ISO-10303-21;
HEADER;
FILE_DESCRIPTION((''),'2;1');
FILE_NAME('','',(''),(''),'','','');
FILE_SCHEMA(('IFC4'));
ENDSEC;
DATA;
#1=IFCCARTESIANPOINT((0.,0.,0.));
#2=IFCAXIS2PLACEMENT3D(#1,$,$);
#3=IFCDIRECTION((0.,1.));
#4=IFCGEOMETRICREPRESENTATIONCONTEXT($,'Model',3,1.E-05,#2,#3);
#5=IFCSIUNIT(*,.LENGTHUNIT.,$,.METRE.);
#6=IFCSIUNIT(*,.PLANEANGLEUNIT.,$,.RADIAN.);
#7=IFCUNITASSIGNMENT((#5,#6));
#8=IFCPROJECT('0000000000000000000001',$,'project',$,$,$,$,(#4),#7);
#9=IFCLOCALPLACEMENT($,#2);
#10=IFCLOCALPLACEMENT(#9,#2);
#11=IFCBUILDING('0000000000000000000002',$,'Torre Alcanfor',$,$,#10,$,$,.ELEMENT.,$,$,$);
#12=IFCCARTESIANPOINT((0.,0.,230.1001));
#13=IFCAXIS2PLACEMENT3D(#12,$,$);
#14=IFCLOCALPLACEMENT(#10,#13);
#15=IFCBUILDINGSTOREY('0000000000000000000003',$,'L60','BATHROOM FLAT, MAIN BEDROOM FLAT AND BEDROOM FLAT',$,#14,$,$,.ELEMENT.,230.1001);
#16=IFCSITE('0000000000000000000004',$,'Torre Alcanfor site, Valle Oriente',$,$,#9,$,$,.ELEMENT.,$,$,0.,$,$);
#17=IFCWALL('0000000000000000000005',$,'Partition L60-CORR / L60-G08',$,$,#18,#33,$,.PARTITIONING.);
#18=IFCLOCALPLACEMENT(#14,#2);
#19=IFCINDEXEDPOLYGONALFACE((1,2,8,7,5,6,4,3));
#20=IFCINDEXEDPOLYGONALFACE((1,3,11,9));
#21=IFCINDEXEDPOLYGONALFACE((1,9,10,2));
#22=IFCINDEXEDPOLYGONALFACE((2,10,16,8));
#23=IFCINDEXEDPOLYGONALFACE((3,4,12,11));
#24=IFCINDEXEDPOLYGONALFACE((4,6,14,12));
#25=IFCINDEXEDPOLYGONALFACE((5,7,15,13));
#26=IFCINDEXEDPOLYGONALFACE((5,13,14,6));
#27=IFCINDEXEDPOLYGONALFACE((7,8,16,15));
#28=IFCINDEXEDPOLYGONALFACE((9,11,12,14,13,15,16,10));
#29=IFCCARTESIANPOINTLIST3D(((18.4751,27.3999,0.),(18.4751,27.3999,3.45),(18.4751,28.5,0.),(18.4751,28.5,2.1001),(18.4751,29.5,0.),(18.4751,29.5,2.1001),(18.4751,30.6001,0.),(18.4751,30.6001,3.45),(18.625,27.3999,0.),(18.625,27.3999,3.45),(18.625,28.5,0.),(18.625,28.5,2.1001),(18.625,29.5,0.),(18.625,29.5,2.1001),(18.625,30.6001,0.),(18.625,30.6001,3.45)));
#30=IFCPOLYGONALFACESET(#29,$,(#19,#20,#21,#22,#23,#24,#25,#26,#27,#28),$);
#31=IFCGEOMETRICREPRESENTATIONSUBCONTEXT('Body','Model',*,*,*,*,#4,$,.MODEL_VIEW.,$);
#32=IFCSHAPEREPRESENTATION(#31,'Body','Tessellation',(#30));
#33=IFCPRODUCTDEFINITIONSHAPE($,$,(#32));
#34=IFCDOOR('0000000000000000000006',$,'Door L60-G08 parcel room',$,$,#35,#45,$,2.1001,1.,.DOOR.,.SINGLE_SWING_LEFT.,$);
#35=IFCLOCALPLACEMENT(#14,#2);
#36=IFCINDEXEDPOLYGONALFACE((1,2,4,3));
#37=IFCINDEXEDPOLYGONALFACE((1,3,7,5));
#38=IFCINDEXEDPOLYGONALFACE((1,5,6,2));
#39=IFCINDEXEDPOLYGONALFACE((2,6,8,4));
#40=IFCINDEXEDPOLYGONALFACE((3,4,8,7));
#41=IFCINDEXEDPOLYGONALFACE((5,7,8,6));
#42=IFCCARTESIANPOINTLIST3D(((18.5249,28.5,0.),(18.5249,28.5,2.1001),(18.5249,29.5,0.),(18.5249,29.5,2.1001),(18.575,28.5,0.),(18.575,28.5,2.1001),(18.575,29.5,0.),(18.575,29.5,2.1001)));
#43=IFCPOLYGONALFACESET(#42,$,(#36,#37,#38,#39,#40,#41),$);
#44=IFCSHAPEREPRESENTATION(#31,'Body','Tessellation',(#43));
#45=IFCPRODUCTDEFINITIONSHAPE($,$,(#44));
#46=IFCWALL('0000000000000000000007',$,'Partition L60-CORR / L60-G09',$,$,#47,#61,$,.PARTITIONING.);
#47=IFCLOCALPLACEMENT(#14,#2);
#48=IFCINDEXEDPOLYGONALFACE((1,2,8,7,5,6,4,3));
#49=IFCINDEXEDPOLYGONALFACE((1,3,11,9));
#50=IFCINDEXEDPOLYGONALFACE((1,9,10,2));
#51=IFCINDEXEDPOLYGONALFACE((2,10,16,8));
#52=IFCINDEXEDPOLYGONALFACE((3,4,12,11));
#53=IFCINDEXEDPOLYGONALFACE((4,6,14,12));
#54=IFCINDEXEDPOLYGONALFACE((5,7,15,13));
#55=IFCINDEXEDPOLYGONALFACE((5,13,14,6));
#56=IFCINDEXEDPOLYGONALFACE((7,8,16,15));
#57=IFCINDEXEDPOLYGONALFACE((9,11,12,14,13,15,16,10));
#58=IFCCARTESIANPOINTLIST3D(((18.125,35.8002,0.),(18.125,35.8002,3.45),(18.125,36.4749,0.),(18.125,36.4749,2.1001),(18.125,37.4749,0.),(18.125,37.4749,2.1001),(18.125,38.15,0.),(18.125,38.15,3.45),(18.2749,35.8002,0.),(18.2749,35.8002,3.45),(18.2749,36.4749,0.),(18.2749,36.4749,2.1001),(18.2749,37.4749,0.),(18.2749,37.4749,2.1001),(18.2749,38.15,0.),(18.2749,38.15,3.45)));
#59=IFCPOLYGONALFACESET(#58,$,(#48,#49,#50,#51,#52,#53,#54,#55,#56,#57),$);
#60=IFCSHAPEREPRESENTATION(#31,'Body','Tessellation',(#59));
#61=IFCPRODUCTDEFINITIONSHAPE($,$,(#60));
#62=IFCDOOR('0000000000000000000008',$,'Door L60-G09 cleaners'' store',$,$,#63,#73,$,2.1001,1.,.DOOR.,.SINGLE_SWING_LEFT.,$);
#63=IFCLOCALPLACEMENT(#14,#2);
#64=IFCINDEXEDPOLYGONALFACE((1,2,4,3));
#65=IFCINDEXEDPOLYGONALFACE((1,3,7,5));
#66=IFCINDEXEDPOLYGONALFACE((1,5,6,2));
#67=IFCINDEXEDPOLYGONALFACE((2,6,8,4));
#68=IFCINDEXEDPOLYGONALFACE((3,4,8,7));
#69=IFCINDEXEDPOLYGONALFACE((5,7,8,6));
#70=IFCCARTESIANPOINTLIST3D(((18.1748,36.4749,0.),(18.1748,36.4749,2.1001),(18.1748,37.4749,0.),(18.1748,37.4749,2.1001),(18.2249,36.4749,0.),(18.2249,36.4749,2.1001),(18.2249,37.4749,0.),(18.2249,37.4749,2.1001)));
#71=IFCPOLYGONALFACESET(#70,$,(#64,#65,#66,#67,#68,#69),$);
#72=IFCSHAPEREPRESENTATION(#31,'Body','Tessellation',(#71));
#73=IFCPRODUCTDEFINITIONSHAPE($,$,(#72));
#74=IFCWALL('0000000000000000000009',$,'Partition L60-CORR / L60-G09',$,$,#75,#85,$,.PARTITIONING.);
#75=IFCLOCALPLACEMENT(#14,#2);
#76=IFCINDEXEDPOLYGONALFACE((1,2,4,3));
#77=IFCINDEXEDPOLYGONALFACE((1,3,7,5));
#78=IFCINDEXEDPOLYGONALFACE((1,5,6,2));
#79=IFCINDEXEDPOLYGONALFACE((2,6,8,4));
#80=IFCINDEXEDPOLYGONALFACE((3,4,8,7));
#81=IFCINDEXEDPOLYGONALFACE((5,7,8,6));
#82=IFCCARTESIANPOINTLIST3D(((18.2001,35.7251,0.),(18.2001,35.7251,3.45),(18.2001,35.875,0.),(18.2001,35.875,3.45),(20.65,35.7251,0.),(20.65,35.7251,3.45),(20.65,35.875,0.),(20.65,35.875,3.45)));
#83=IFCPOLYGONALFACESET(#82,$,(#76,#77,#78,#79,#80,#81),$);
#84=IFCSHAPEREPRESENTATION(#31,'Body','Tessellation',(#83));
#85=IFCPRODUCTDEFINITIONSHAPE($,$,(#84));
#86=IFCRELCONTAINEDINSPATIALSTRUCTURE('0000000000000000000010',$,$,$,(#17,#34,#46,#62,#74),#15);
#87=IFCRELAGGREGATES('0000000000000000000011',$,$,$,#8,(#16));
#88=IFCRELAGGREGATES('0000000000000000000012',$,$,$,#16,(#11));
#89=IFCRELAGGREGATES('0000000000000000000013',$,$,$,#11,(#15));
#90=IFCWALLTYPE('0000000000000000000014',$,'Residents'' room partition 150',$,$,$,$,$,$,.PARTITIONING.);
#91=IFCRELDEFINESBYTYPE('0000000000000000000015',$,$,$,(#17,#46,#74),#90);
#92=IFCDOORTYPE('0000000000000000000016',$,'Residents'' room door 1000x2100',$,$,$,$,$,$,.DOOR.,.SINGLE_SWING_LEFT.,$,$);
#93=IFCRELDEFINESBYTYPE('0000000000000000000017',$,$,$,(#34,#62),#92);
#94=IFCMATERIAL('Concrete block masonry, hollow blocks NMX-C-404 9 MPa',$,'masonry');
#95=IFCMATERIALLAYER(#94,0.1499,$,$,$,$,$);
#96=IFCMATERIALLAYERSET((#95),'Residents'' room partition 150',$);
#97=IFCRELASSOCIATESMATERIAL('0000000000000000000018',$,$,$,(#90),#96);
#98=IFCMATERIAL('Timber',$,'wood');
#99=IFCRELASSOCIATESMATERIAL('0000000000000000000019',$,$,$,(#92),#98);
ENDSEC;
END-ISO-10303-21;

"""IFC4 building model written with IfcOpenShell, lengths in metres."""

from ifc_helpers import new_model, si_unit, direction, frame, frame_2d, origin, place, context, subcontext, project, spatial, rectangle, extrude, material, layer, layer_set, type_object, element, fill, save


model = new_model("IFC4")

# Units and contexts
model_context = context("Model", 3, precision=1e-05, world=origin(), true_north=direction((0.0, 1.0)))
body_context = subcontext(model_context, "Body", "Model", "MODEL_VIEW")
ifc_project = project(units=[si_unit("LENGTHUNIT", "METRE"), si_unit("PLANEANGLEUNIT", "RADIAN")], contexts=[model_context])

# Site, building, storey
site_placement = place(None, origin())
site = spatial("IfcSite", under=ifc_project, at=site_placement, Name="Torre Alcanfor site, Valle Oriente", CompositionType="ELEMENT", RefElevation=0.0)
building_placement = place(site_placement, origin())
building = spatial("IfcBuilding", under=site, at=building_placement, Name="Torre Alcanfor", CompositionType="ELEMENT")
storey_placement = place(building_placement, frame((0.0, 0.0, 230.1001)))
storey = spatial("IfcBuildingStorey", under=building, at=storey_placement, Name="L60", Description="BATHROOM FLAT, MAIN BEDROOM FLAT AND BEDROOM FLAT", CompositionType="ELEMENT", Elevation=230.1001)

# Walls, openings, doors
ifc_material_1 = material(Name="Concrete block masonry, hollow blocks NMX-C-404 9 MPa", Category="masonry")
ifc_layer_1 = layer(ifc_material_1, 0.1499)
ifc_layer_set_1 = layer_set([ifc_layer_1], Name="Residents' room partition 150")
wall_type_1 = type_object("IfcWallType", Name="Residents' room partition 150", PredefinedType="PARTITIONING", material=ifc_layer_set_1)
wall_1_placement = place(storey_placement, frame((18.55, 30.6001, 0.0), z_axis=(0.0, 0.0, 1.0), x_axis=(0.0, -1.0, 0.0)))
wall_1 = element("IfcWall", 1, at=wall_1_placement, inside=storey, type_object=wall_type_1, Name="Partition L60-CORR / L60-G08", PredefinedType="PARTITIONING", context=body_context, shape_type="SweptSolid", body=[
    extrude(rectangle(XDim=3.2002, YDim=0.1499, at=frame_2d((1.6001, 0.0))), origin(), (0.0, 0.0, 1.0), 3.45),
])
opening_1_placement = place(wall_1_placement, frame((1.1001, 0.0, 0.0)))
opening_1 = element("IfcOpeningElement", 2, at=opening_1_placement, cuts=wall_1, PredefinedType="OPENING", context=body_context, shape_type="SweptSolid", body=[
    extrude(rectangle(XDim=1.0, YDim=2.1001, at=frame_2d((0.5, 1.05))), frame((0.0, 0.085, 0.0), z_axis=(0.0, -1.0, 0.0), x_axis=(1.0, 0.0, 0.0)), (0.0, 0.0, 1.0), 0.1699),
])
ifc_material_2 = material(Name="Timber", Category="wood")
door_type_1 = type_object("IfcDoorType", Name="Residents' room door 1000x2100", OperationType="SINGLE_SWING_LEFT", PredefinedType="DOOR", material=ifc_material_2)
door_1_placement = place(opening_1_placement, origin())
door_1 = element("IfcDoor", 3, at=door_1_placement, inside=storey, type_object=door_type_1, Name="Door L60-G08 parcel room", OperationType="SINGLE_SWING_LEFT", OverallHeight=2.1001, OverallWidth=1.0, PredefinedType="DOOR", context=body_context, shape_type="SweptSolid", body=[
    extrude(rectangle(XDim=1.0, YDim=2.1001, at=frame_2d((0.5, 1.05))), frame((0.0, 0.0249, 0.0), z_axis=(0.0, -1.0, 0.0), x_axis=(1.0, 0.0, 0.0)), (0.0, 0.0, 1.0), 0.05),
])
fill(opening_1, door_1)
wall_2_placement = place(storey_placement, frame((18.2, 38.1499, 0.0), z_axis=(0.0, 0.0, 1.0), x_axis=(0.0, -1.0, 0.0)))
wall_2 = element("IfcWall", 4, at=wall_2_placement, inside=storey, type_object=wall_type_1, Name="Partition L60-CORR / L60-G09", PredefinedType="PARTITIONING", context=body_context, shape_type="SweptSolid", body=[
    extrude(rectangle(XDim=2.3499, YDim=0.1499, at=frame_2d((1.1748, 0.0))), origin(), (0.0, 0.0, 1.0), 3.45),
])
opening_2_placement = place(wall_2_placement, frame((0.675, 0.0, 0.0)))
opening_2 = element("IfcOpeningElement", 5, at=opening_2_placement, cuts=wall_2, PredefinedType="OPENING", context=body_context, shape_type="SweptSolid", body=[
    extrude(rectangle(XDim=1.0, YDim=2.1001, at=frame_2d((0.5, 1.05))), frame((0.0, 0.085, 0.0), z_axis=(0.0, -1.0, 0.0), x_axis=(1.0, 0.0, 0.0)), (0.0, 0.0, 1.0), 0.1699),
])
door_2_placement = place(opening_2_placement, origin())
door_2 = element("IfcDoor", 6, at=door_2_placement, inside=storey, type_object=door_type_1, Name="Door L60-G09 cleaners' store", OperationType="SINGLE_SWING_LEFT", OverallHeight=2.1001, OverallWidth=1.0, PredefinedType="DOOR", context=body_context, shape_type="SweptSolid", body=[
    extrude(rectangle(XDim=1.0, YDim=2.1001, at=frame_2d((0.5, 1.05))), frame((0.0, 0.0249, 0.0), z_axis=(0.0, -1.0, 0.0), x_axis=(1.0, 0.0, 0.0)), (0.0, 0.0, 1.0), 0.05),
])
fill(opening_2, door_2)

# Wall
wall_3_placement = place(storey_placement, frame((18.2, 35.8, 0.0), z_axis=(0.0, 0.0, 1.0), x_axis=(1.0, 0.0, 0.0)))
element("IfcWall", 7, at=wall_3_placement, inside=storey, type_object=wall_type_1, Name="Partition L60-CORR / L60-G09", PredefinedType="PARTITIONING", context=body_context, shape_type="SweptSolid", body=[
    extrude(rectangle(XDim=2.45, YDim=0.1499, at=frame_2d((1.2251, 0.0))), origin(), (0.0, 0.0, 1.0), 3.45),
])

save(model, "model.ifc")
